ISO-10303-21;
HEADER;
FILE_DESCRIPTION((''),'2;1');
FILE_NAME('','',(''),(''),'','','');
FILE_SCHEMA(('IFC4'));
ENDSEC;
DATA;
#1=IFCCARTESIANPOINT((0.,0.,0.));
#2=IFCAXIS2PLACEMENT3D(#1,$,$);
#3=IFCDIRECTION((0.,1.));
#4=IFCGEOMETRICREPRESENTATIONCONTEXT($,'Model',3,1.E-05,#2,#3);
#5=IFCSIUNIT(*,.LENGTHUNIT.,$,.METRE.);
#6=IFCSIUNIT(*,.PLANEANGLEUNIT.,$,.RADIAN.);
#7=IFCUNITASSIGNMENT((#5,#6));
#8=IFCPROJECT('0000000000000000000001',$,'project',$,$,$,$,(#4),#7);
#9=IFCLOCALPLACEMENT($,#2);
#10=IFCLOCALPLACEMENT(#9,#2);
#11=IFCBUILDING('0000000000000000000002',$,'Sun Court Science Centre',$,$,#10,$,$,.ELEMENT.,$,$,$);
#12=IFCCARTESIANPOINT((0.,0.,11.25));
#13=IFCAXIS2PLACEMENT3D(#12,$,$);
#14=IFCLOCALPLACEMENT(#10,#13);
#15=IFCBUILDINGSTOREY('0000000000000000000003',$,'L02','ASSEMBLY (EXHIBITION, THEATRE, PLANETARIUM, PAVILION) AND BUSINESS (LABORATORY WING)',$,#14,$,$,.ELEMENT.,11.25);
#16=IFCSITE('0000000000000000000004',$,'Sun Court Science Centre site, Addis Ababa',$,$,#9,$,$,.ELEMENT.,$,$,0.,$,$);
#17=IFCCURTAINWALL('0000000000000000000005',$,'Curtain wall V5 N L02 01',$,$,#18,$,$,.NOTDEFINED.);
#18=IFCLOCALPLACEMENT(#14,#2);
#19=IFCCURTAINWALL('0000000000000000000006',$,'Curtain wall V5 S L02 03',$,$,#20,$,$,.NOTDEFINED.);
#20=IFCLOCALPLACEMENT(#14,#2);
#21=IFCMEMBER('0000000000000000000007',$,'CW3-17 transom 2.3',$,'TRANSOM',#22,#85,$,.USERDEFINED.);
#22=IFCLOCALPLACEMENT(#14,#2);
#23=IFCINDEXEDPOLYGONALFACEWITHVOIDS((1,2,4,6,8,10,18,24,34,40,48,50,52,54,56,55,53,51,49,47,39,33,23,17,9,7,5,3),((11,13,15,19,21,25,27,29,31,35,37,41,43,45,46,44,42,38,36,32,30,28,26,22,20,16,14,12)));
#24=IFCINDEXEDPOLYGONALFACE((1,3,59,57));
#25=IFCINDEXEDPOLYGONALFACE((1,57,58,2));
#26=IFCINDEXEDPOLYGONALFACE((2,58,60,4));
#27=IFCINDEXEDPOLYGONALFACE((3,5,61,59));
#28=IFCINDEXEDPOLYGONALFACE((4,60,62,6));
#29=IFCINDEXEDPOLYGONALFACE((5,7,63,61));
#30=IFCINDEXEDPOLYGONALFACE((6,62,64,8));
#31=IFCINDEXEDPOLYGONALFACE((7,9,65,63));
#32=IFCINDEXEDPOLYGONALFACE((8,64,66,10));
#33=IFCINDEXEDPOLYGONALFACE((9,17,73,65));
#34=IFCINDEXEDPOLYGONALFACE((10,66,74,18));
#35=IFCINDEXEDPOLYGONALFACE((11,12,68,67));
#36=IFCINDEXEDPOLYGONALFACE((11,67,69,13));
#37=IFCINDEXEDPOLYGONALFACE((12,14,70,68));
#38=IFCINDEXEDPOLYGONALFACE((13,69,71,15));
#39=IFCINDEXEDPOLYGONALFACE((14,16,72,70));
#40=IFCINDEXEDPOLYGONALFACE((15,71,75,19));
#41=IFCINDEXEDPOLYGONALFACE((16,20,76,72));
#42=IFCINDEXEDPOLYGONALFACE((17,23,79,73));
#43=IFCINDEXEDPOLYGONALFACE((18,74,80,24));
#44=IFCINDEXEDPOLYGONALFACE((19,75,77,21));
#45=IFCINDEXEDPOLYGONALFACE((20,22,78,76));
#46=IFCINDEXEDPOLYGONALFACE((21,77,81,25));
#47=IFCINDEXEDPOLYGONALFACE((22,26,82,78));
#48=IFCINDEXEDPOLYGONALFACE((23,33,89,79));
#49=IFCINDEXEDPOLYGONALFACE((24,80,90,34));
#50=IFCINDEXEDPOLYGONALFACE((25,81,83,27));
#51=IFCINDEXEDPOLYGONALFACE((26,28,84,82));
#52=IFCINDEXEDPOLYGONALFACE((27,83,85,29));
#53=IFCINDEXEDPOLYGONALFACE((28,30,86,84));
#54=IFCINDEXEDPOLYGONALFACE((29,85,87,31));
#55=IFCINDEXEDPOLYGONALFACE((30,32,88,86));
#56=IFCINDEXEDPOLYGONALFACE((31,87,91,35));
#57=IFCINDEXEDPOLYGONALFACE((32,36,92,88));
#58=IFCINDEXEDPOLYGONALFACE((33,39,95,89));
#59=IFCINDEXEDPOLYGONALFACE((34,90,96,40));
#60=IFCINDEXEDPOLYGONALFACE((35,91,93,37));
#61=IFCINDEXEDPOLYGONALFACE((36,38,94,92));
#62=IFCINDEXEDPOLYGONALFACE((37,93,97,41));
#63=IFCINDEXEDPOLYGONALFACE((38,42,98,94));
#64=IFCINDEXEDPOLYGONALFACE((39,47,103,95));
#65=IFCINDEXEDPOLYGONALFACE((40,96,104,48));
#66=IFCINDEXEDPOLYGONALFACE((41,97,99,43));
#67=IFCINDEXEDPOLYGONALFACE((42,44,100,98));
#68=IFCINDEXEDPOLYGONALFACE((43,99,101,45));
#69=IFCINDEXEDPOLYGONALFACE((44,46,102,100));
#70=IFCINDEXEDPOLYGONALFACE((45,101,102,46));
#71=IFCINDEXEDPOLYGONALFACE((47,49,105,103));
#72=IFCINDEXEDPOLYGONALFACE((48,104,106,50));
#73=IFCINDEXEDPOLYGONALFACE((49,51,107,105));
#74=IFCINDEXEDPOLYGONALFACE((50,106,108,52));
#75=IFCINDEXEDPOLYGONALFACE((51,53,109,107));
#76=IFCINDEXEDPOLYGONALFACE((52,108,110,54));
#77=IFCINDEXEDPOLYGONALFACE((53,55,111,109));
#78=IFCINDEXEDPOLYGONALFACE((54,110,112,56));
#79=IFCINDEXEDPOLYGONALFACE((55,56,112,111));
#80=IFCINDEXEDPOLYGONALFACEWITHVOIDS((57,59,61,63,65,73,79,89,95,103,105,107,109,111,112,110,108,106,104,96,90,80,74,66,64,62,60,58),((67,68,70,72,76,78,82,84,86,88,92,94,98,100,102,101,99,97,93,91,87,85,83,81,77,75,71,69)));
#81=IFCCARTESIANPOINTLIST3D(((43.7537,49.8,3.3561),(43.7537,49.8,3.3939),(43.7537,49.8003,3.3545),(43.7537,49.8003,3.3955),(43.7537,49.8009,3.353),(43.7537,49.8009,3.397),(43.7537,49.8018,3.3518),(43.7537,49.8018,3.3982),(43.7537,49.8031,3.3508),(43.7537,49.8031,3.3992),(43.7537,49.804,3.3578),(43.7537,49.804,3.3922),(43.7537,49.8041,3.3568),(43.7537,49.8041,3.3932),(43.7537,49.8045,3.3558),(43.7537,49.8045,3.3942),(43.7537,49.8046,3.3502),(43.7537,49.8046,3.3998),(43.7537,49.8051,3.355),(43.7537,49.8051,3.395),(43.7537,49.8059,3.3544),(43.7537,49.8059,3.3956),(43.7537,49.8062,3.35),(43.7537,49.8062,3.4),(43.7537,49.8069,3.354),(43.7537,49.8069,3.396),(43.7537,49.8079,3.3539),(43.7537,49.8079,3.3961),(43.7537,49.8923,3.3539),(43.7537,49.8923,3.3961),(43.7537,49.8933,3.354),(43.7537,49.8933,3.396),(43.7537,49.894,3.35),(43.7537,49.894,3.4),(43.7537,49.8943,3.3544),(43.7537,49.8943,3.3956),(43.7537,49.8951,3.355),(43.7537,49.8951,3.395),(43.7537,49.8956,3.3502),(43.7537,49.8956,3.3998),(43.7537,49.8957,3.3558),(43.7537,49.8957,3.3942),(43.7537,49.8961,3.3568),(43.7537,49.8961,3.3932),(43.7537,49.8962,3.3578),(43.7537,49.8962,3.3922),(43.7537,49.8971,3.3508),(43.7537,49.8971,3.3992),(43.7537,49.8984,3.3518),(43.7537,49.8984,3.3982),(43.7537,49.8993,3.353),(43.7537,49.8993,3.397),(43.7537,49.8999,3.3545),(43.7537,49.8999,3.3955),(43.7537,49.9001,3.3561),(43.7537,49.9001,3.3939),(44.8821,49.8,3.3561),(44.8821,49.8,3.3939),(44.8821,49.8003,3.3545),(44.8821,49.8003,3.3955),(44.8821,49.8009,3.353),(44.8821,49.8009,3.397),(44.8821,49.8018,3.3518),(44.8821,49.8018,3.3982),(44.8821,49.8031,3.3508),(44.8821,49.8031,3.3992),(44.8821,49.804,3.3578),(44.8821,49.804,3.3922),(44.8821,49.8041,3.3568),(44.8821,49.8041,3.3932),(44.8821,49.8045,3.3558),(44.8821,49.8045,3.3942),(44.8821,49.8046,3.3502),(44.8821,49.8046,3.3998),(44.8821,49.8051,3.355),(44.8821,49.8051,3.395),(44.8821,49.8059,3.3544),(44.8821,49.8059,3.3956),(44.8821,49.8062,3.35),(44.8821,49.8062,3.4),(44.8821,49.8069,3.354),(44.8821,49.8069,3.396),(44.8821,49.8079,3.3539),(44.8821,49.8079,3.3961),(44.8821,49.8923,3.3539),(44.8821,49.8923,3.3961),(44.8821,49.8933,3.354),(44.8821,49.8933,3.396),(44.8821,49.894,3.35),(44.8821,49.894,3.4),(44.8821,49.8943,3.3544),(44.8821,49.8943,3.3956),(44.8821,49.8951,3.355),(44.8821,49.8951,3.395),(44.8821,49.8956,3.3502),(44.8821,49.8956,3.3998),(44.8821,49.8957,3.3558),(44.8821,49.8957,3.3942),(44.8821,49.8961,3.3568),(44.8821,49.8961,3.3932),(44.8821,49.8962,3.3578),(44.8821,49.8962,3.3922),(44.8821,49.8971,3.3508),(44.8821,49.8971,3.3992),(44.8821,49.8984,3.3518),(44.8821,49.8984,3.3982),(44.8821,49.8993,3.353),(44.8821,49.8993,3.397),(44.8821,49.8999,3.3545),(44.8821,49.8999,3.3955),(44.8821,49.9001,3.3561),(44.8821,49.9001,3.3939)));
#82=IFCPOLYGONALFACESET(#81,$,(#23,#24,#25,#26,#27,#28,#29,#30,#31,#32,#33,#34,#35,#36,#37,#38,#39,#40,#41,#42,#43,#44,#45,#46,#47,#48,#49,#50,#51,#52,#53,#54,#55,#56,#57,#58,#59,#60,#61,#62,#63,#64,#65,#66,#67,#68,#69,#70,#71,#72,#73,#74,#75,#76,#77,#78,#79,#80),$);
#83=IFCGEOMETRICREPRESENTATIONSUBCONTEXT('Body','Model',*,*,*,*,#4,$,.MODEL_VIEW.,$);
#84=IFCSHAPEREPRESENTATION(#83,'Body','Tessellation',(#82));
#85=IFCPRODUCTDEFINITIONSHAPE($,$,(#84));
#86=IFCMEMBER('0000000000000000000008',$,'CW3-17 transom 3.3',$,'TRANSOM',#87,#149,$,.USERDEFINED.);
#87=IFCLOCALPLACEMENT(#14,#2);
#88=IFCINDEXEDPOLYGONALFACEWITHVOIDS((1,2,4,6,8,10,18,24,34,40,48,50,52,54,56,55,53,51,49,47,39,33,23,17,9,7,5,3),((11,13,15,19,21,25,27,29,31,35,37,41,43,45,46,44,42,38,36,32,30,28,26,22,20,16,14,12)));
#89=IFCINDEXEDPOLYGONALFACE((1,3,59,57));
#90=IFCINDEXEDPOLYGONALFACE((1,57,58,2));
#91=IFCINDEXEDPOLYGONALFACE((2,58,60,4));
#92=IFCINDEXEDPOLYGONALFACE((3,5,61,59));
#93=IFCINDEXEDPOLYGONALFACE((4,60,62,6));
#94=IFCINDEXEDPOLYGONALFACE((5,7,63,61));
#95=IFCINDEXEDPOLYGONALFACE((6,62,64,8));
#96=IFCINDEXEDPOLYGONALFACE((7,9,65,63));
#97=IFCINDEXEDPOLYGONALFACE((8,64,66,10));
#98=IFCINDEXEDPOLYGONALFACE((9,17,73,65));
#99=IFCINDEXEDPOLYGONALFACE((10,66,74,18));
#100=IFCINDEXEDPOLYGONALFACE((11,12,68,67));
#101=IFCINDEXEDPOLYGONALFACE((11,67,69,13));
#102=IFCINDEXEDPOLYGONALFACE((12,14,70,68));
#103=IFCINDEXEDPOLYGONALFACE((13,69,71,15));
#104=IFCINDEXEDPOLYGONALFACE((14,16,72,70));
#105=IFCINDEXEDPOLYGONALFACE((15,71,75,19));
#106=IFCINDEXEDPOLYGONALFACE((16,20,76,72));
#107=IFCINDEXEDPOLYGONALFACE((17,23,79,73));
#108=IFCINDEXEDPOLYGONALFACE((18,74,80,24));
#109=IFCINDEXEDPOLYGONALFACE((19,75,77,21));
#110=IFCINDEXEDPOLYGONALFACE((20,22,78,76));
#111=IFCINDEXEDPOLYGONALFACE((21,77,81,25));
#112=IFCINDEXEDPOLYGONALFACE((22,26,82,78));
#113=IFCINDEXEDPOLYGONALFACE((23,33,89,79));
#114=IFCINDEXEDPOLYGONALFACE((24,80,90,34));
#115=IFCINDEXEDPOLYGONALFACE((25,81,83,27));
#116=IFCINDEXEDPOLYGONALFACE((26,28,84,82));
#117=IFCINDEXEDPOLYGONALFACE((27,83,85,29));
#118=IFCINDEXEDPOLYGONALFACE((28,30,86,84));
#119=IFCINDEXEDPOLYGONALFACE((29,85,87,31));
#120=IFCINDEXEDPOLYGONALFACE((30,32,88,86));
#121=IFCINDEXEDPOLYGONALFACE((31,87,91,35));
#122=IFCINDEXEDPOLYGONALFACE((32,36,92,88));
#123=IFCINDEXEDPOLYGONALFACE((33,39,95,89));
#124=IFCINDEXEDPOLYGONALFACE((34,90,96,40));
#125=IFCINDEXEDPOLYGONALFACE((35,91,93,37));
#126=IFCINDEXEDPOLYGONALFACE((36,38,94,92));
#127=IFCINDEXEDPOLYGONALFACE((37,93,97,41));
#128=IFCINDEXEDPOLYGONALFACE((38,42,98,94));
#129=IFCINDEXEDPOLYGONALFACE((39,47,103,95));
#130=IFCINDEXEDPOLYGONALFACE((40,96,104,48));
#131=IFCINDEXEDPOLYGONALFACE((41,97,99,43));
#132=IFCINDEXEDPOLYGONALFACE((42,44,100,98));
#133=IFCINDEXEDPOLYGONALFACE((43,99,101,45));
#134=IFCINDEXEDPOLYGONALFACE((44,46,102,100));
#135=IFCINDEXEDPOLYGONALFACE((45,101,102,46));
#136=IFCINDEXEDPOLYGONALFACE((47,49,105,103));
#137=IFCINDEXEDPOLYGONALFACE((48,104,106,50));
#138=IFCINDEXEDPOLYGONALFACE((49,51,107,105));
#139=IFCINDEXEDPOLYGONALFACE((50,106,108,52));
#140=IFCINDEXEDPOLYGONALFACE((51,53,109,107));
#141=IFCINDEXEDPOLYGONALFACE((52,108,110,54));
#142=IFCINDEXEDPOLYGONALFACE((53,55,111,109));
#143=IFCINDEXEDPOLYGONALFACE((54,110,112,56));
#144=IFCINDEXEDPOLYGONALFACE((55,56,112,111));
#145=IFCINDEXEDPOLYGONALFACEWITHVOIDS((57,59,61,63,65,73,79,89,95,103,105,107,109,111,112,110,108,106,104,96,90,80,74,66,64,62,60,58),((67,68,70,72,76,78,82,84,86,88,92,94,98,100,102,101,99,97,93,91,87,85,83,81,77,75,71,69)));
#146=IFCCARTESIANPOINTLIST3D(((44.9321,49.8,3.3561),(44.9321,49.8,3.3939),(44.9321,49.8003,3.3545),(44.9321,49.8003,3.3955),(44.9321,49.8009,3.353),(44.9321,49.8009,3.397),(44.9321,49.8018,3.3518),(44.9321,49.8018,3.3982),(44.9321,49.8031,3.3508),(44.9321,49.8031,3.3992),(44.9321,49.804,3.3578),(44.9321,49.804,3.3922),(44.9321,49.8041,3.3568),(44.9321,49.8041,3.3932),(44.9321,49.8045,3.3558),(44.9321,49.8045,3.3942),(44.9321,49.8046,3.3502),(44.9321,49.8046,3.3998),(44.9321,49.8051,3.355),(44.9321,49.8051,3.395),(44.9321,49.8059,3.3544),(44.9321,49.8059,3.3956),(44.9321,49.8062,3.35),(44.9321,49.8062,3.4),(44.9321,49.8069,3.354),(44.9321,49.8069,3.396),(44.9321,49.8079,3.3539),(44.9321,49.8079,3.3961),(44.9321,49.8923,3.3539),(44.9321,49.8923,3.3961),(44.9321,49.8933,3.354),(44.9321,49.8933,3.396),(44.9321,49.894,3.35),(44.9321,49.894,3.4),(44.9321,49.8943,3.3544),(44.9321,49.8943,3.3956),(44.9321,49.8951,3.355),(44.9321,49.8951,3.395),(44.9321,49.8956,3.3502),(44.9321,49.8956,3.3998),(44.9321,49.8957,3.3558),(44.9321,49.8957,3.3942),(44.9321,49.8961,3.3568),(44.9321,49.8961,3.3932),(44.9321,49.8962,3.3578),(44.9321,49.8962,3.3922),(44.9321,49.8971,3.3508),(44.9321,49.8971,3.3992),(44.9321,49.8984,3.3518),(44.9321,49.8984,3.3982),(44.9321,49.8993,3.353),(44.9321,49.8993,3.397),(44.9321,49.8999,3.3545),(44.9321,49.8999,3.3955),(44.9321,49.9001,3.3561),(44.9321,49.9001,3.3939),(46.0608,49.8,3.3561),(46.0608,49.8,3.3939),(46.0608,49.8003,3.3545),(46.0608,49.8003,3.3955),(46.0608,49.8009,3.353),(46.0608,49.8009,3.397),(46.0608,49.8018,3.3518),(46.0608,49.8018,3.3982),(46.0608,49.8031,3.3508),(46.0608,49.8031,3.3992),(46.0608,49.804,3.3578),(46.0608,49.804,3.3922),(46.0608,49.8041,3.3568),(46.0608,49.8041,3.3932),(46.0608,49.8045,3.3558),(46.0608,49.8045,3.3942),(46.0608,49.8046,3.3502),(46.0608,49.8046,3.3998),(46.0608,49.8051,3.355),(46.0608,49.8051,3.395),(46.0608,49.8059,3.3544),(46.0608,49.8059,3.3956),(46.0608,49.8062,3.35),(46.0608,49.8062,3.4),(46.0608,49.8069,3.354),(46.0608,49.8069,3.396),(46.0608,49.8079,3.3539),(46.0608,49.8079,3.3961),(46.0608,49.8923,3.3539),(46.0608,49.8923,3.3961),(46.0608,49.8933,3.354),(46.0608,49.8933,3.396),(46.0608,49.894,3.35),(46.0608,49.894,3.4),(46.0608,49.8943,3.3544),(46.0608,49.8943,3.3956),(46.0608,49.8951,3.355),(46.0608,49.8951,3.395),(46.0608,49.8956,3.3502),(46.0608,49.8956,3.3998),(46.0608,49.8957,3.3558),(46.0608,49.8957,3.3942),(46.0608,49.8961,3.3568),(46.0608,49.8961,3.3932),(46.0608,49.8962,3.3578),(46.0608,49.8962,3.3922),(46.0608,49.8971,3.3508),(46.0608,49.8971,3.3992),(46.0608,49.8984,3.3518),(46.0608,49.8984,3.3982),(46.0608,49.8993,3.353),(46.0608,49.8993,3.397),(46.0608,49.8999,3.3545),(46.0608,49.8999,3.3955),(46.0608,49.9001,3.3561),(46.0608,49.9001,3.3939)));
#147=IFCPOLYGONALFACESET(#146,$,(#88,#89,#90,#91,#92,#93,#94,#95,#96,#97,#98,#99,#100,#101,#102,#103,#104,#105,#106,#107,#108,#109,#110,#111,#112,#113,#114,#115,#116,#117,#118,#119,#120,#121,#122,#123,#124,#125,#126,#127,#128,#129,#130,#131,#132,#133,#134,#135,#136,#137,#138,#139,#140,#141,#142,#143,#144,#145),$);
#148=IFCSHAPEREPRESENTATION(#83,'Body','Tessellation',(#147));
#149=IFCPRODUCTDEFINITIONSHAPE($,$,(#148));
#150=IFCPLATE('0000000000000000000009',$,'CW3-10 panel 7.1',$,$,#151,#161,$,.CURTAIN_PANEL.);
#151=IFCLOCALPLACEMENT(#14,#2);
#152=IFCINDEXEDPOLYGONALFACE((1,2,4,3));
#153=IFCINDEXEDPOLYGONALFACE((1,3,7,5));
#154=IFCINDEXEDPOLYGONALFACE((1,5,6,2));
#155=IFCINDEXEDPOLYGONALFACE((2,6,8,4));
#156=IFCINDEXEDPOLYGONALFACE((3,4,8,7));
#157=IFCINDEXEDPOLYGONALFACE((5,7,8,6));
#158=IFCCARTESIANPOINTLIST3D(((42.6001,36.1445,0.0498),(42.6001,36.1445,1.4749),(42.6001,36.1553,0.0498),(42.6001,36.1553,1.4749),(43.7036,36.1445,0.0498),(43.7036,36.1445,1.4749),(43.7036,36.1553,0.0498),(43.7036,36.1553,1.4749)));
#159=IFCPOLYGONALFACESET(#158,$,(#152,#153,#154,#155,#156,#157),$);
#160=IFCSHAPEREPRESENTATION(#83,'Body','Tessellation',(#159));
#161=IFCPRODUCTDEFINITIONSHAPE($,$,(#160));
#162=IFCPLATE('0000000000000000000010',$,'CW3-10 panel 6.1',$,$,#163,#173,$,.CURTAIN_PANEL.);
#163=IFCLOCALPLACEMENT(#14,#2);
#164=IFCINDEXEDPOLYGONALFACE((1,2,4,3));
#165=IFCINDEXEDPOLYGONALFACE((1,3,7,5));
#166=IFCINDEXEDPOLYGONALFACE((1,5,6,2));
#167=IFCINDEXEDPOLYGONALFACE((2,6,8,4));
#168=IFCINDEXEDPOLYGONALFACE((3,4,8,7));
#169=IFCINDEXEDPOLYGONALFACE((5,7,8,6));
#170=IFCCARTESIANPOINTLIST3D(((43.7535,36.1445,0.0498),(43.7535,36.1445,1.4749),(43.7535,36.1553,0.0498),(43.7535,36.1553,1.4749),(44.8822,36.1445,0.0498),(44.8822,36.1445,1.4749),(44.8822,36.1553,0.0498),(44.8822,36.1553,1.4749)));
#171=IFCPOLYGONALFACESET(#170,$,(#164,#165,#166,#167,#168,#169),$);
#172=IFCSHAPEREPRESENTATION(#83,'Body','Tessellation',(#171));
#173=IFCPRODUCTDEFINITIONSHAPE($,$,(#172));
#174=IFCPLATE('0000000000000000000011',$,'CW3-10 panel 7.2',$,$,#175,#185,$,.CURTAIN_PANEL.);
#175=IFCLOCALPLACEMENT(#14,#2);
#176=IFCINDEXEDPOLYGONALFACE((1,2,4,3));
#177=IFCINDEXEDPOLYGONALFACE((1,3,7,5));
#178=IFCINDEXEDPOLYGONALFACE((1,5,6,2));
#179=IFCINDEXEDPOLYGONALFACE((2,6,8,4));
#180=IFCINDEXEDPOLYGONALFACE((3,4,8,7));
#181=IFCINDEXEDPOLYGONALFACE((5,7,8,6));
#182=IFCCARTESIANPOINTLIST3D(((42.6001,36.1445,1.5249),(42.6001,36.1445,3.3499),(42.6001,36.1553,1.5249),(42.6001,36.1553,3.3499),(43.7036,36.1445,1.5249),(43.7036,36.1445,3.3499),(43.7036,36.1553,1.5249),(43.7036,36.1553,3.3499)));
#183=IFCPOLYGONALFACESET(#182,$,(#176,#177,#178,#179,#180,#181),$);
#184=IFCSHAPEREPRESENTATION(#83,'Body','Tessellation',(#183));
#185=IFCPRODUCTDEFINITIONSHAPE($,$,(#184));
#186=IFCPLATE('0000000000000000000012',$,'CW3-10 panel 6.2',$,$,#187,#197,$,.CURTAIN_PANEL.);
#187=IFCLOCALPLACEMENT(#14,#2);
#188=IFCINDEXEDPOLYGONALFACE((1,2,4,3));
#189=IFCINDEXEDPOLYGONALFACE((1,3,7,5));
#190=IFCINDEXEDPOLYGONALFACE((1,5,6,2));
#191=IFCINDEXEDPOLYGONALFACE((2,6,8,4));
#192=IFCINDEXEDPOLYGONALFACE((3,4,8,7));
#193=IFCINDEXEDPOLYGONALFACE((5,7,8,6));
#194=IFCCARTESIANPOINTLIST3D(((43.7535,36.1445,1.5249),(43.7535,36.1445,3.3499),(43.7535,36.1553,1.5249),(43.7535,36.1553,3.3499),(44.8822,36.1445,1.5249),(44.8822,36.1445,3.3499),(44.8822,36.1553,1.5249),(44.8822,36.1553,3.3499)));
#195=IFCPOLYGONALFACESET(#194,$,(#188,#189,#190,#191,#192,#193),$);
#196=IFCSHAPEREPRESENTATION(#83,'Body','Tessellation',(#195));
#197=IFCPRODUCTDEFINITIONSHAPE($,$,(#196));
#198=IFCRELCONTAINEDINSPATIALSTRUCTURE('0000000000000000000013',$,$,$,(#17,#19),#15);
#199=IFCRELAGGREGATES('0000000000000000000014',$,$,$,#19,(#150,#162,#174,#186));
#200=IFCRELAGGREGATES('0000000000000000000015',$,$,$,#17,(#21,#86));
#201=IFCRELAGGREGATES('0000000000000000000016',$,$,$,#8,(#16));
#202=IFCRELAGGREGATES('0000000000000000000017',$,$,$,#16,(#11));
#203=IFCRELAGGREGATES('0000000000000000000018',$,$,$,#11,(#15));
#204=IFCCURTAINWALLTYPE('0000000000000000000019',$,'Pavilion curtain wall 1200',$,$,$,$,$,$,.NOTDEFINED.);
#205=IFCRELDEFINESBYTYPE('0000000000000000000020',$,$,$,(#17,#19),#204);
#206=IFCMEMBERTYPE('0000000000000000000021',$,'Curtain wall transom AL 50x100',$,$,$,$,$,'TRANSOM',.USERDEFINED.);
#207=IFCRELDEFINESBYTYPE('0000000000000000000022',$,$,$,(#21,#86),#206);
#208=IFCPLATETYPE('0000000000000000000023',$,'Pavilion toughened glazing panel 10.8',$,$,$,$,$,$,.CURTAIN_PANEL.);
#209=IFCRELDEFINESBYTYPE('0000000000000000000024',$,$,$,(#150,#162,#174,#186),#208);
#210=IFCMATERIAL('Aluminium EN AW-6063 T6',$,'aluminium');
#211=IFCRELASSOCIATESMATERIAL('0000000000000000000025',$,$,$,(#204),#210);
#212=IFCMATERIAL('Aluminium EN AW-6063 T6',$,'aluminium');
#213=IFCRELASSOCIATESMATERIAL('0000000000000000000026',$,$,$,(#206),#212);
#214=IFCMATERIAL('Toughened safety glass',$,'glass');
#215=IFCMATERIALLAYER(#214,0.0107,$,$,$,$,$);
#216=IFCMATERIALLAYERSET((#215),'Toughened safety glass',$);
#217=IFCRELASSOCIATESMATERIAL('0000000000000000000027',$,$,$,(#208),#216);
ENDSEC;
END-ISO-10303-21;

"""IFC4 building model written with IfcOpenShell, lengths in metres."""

from ifc_helpers import new_model, si_unit, direction, frame, origin, origin_2d, place, context, subcontext, project, spatial, rectangle, hollow_rectangle, extrude, material, layer, layer_set, material_profile, profile_set, type_object, element, aggregate, save


model = new_model("IFC4")

# Units and contexts
model_context = context("Model", 3, precision=1e-05, world=origin(), true_north=direction((0.0, 1.0)))
body_context = subcontext(model_context, "Body", "Model", "MODEL_VIEW")
ifc_project = project(units=[si_unit("LENGTHUNIT", "METRE"), si_unit("PLANEANGLEUNIT", "RADIAN")], contexts=[model_context])

# Site, building, storey
site_placement = place(None, origin())
site = spatial("IfcSite", under=ifc_project, at=site_placement, Name="Sun Court Science Centre site, Addis Ababa", CompositionType="ELEMENT", RefElevation=0.0)
building_placement = place(site_placement, origin())
building = spatial("IfcBuilding", under=site, at=building_placement, Name="Sun Court Science Centre", CompositionType="ELEMENT")
storey_placement = place(building_placement, frame((0.0, 0.0, 11.25)))
storey = spatial("IfcBuildingStorey", under=building, at=storey_placement, Name="L02", Description="ASSEMBLY (EXHIBITION, THEATRE, PLANETARIUM, PAVILION) AND BUSINESS (LABORATORY WING)", CompositionType="ELEMENT", Elevation=11.25)

# Curtain walls
ifc_material_1 = material(Name="Aluminium EN AW-6063 T6", Category="aluminium")
curtain_wall_type = type_object("IfcCurtainWallType", Name="Pavilion curtain wall 1200", PredefinedType="NOTDEFINED", material=ifc_material_1)
curtain_wall_1_placement = place(storey_placement, origin())
curtain_wall_1 = element("IfcCurtainWall", 1, at=curtain_wall_1_placement, inside=storey, type_object=curtain_wall_type, Name="Curtain wall V5 N L02 01", PredefinedType="NOTDEFINED")
curtain_wall_2_placement = place(storey_placement, origin())
curtain_wall_2 = element("IfcCurtainWall", 2, at=curtain_wall_2_placement, inside=storey, type_object=curtain_wall_type, Name="Curtain wall V5 S L02 03", PredefinedType="NOTDEFINED")
ifc_material_2 = material(Name="Aluminium EN AW-6063 T6", Category="aluminium")
ifc_material_profile_1 = material_profile(ifc_material_2, hollow_rectangle(XDim=0.05, YDim=0.1001, WallThickness=0.0039, InnerFilletRadius=0.0039, OuterFilletRadius=0.0061, at=origin_2d()), Name="AL 50x100x4")
ifc_profile_set_1 = profile_set([ifc_material_profile_1], Name="Aluminium EN AW-6063 T6")
member_type_1 = type_object("IfcMemberType", Name="Curtain wall transom AL 50x100", ElementType="TRANSOM", PredefinedType="USERDEFINED", material=ifc_profile_set_1)

# Members
member_1_placement = place(storey_placement, frame((43.7537, 49.8501, 3.375), z_axis=(1.0, 0.0, 0.0), x_axis=(0.0, 0.0, 1.0)))
member_1 = element("IfcMember", 3, at=member_1_placement, type_object=member_type_1, Name="CW3-17 transom 2.3", ObjectType="TRANSOM", PredefinedType="USERDEFINED", context=body_context, shape_type="SweptSolid", body=[
    extrude(hollow_rectangle(XDim=0.05, YDim=0.1001, WallThickness=0.0039, InnerFilletRadius=0.0039, OuterFilletRadius=0.0061, at=origin_2d()), origin(), (0.0, 0.0, 1.0), 1.1284),
])
member_2_placement = place(storey_placement, frame((44.9321, 49.8501, 3.375), z_axis=(1.0, 0.0, 0.0), x_axis=(0.0, 0.0, 1.0)))
member_2 = element("IfcMember", 4, at=member_2_placement, type_object=member_type_1, Name="CW3-17 transom 3.3", ObjectType="TRANSOM", PredefinedType="USERDEFINED", context=body_context, shape_type="SweptSolid", body=[
    extrude(hollow_rectangle(XDim=0.05, YDim=0.1001, WallThickness=0.0039, InnerFilletRadius=0.0039, OuterFilletRadius=0.0061, at=origin_2d()), origin(), (0.0, 0.0, 1.0), 1.1287),
])

# Plates
ifc_material_3 = material(Name="Toughened safety glass", Category="glass")
ifc_layer_1 = layer(ifc_material_3, 0.0107)
ifc_layer_set_1 = layer_set([ifc_layer_1], Name="Toughened safety glass")
plate_type = type_object("IfcPlateType", Name="Pavilion toughened glazing panel 10.8", PredefinedType="CURTAIN_PANEL", material=ifc_layer_set_1)
plate_1_placement = place(storey_placement, frame((43.1519, 36.1499, 0.0498), z_axis=(0.0, 0.0, 1.0), x_axis=(-1.0, 0.0, 0.0)))
plate_1 = element("IfcPlate", 5, at=plate_1_placement, type_object=plate_type, Name="CW3-10 panel 7.1", PredefinedType="CURTAIN_PANEL", context=body_context, shape_type="SweptSolid", body=[
    extrude(rectangle(XDim=1.1035, YDim=0.0107, at=origin_2d()), origin(), (0.0, 0.0, 1.0), 1.425),
])
plate_2_placement = place(storey_placement, frame((44.3179, 36.1499, 0.0498), z_axis=(0.0, 0.0, 1.0), x_axis=(-1.0, 0.0, 0.0)))
plate_2 = element("IfcPlate", 6, at=plate_2_placement, type_object=plate_type, Name="CW3-10 panel 6.1", PredefinedType="CURTAIN_PANEL", context=body_context, shape_type="SweptSolid", body=[
    extrude(rectangle(XDim=1.1287, YDim=0.0107, at=origin_2d()), origin(), (0.0, 0.0, 1.0), 1.425),
])
plate_3_placement = place(storey_placement, frame((43.1519, 36.1499, 1.5249), z_axis=(0.0, 0.0, 1.0), x_axis=(-1.0, 0.0, 0.0)))
plate_3 = element("IfcPlate", 7, at=plate_3_placement, type_object=plate_type, Name="CW3-10 panel 7.2", PredefinedType="CURTAIN_PANEL", context=body_context, shape_type="SweptSolid", body=[
    extrude(rectangle(XDim=1.1035, YDim=0.0107, at=origin_2d()), origin(), (0.0, 0.0, 1.0), 1.825),
])
plate_4_placement = place(storey_placement, frame((44.3179, 36.1499, 1.5249), z_axis=(0.0, 0.0, 1.0), x_axis=(-1.0, 0.0, 0.0)))
plate_4 = element("IfcPlate", 8, at=plate_4_placement, type_object=plate_type, Name="CW3-10 panel 6.2", PredefinedType="CURTAIN_PANEL", context=body_context, shape_type="SweptSolid", body=[
    extrude(rectangle(XDim=1.1287, YDim=0.0107, at=origin_2d()), origin(), (0.0, 0.0, 1.0), 1.825),
])
aggregate(curtain_wall_2, [plate_1, plate_2, plate_3, plate_4])
aggregate(curtain_wall_1, [member_1, member_2])

save(model, "model.ifc")
